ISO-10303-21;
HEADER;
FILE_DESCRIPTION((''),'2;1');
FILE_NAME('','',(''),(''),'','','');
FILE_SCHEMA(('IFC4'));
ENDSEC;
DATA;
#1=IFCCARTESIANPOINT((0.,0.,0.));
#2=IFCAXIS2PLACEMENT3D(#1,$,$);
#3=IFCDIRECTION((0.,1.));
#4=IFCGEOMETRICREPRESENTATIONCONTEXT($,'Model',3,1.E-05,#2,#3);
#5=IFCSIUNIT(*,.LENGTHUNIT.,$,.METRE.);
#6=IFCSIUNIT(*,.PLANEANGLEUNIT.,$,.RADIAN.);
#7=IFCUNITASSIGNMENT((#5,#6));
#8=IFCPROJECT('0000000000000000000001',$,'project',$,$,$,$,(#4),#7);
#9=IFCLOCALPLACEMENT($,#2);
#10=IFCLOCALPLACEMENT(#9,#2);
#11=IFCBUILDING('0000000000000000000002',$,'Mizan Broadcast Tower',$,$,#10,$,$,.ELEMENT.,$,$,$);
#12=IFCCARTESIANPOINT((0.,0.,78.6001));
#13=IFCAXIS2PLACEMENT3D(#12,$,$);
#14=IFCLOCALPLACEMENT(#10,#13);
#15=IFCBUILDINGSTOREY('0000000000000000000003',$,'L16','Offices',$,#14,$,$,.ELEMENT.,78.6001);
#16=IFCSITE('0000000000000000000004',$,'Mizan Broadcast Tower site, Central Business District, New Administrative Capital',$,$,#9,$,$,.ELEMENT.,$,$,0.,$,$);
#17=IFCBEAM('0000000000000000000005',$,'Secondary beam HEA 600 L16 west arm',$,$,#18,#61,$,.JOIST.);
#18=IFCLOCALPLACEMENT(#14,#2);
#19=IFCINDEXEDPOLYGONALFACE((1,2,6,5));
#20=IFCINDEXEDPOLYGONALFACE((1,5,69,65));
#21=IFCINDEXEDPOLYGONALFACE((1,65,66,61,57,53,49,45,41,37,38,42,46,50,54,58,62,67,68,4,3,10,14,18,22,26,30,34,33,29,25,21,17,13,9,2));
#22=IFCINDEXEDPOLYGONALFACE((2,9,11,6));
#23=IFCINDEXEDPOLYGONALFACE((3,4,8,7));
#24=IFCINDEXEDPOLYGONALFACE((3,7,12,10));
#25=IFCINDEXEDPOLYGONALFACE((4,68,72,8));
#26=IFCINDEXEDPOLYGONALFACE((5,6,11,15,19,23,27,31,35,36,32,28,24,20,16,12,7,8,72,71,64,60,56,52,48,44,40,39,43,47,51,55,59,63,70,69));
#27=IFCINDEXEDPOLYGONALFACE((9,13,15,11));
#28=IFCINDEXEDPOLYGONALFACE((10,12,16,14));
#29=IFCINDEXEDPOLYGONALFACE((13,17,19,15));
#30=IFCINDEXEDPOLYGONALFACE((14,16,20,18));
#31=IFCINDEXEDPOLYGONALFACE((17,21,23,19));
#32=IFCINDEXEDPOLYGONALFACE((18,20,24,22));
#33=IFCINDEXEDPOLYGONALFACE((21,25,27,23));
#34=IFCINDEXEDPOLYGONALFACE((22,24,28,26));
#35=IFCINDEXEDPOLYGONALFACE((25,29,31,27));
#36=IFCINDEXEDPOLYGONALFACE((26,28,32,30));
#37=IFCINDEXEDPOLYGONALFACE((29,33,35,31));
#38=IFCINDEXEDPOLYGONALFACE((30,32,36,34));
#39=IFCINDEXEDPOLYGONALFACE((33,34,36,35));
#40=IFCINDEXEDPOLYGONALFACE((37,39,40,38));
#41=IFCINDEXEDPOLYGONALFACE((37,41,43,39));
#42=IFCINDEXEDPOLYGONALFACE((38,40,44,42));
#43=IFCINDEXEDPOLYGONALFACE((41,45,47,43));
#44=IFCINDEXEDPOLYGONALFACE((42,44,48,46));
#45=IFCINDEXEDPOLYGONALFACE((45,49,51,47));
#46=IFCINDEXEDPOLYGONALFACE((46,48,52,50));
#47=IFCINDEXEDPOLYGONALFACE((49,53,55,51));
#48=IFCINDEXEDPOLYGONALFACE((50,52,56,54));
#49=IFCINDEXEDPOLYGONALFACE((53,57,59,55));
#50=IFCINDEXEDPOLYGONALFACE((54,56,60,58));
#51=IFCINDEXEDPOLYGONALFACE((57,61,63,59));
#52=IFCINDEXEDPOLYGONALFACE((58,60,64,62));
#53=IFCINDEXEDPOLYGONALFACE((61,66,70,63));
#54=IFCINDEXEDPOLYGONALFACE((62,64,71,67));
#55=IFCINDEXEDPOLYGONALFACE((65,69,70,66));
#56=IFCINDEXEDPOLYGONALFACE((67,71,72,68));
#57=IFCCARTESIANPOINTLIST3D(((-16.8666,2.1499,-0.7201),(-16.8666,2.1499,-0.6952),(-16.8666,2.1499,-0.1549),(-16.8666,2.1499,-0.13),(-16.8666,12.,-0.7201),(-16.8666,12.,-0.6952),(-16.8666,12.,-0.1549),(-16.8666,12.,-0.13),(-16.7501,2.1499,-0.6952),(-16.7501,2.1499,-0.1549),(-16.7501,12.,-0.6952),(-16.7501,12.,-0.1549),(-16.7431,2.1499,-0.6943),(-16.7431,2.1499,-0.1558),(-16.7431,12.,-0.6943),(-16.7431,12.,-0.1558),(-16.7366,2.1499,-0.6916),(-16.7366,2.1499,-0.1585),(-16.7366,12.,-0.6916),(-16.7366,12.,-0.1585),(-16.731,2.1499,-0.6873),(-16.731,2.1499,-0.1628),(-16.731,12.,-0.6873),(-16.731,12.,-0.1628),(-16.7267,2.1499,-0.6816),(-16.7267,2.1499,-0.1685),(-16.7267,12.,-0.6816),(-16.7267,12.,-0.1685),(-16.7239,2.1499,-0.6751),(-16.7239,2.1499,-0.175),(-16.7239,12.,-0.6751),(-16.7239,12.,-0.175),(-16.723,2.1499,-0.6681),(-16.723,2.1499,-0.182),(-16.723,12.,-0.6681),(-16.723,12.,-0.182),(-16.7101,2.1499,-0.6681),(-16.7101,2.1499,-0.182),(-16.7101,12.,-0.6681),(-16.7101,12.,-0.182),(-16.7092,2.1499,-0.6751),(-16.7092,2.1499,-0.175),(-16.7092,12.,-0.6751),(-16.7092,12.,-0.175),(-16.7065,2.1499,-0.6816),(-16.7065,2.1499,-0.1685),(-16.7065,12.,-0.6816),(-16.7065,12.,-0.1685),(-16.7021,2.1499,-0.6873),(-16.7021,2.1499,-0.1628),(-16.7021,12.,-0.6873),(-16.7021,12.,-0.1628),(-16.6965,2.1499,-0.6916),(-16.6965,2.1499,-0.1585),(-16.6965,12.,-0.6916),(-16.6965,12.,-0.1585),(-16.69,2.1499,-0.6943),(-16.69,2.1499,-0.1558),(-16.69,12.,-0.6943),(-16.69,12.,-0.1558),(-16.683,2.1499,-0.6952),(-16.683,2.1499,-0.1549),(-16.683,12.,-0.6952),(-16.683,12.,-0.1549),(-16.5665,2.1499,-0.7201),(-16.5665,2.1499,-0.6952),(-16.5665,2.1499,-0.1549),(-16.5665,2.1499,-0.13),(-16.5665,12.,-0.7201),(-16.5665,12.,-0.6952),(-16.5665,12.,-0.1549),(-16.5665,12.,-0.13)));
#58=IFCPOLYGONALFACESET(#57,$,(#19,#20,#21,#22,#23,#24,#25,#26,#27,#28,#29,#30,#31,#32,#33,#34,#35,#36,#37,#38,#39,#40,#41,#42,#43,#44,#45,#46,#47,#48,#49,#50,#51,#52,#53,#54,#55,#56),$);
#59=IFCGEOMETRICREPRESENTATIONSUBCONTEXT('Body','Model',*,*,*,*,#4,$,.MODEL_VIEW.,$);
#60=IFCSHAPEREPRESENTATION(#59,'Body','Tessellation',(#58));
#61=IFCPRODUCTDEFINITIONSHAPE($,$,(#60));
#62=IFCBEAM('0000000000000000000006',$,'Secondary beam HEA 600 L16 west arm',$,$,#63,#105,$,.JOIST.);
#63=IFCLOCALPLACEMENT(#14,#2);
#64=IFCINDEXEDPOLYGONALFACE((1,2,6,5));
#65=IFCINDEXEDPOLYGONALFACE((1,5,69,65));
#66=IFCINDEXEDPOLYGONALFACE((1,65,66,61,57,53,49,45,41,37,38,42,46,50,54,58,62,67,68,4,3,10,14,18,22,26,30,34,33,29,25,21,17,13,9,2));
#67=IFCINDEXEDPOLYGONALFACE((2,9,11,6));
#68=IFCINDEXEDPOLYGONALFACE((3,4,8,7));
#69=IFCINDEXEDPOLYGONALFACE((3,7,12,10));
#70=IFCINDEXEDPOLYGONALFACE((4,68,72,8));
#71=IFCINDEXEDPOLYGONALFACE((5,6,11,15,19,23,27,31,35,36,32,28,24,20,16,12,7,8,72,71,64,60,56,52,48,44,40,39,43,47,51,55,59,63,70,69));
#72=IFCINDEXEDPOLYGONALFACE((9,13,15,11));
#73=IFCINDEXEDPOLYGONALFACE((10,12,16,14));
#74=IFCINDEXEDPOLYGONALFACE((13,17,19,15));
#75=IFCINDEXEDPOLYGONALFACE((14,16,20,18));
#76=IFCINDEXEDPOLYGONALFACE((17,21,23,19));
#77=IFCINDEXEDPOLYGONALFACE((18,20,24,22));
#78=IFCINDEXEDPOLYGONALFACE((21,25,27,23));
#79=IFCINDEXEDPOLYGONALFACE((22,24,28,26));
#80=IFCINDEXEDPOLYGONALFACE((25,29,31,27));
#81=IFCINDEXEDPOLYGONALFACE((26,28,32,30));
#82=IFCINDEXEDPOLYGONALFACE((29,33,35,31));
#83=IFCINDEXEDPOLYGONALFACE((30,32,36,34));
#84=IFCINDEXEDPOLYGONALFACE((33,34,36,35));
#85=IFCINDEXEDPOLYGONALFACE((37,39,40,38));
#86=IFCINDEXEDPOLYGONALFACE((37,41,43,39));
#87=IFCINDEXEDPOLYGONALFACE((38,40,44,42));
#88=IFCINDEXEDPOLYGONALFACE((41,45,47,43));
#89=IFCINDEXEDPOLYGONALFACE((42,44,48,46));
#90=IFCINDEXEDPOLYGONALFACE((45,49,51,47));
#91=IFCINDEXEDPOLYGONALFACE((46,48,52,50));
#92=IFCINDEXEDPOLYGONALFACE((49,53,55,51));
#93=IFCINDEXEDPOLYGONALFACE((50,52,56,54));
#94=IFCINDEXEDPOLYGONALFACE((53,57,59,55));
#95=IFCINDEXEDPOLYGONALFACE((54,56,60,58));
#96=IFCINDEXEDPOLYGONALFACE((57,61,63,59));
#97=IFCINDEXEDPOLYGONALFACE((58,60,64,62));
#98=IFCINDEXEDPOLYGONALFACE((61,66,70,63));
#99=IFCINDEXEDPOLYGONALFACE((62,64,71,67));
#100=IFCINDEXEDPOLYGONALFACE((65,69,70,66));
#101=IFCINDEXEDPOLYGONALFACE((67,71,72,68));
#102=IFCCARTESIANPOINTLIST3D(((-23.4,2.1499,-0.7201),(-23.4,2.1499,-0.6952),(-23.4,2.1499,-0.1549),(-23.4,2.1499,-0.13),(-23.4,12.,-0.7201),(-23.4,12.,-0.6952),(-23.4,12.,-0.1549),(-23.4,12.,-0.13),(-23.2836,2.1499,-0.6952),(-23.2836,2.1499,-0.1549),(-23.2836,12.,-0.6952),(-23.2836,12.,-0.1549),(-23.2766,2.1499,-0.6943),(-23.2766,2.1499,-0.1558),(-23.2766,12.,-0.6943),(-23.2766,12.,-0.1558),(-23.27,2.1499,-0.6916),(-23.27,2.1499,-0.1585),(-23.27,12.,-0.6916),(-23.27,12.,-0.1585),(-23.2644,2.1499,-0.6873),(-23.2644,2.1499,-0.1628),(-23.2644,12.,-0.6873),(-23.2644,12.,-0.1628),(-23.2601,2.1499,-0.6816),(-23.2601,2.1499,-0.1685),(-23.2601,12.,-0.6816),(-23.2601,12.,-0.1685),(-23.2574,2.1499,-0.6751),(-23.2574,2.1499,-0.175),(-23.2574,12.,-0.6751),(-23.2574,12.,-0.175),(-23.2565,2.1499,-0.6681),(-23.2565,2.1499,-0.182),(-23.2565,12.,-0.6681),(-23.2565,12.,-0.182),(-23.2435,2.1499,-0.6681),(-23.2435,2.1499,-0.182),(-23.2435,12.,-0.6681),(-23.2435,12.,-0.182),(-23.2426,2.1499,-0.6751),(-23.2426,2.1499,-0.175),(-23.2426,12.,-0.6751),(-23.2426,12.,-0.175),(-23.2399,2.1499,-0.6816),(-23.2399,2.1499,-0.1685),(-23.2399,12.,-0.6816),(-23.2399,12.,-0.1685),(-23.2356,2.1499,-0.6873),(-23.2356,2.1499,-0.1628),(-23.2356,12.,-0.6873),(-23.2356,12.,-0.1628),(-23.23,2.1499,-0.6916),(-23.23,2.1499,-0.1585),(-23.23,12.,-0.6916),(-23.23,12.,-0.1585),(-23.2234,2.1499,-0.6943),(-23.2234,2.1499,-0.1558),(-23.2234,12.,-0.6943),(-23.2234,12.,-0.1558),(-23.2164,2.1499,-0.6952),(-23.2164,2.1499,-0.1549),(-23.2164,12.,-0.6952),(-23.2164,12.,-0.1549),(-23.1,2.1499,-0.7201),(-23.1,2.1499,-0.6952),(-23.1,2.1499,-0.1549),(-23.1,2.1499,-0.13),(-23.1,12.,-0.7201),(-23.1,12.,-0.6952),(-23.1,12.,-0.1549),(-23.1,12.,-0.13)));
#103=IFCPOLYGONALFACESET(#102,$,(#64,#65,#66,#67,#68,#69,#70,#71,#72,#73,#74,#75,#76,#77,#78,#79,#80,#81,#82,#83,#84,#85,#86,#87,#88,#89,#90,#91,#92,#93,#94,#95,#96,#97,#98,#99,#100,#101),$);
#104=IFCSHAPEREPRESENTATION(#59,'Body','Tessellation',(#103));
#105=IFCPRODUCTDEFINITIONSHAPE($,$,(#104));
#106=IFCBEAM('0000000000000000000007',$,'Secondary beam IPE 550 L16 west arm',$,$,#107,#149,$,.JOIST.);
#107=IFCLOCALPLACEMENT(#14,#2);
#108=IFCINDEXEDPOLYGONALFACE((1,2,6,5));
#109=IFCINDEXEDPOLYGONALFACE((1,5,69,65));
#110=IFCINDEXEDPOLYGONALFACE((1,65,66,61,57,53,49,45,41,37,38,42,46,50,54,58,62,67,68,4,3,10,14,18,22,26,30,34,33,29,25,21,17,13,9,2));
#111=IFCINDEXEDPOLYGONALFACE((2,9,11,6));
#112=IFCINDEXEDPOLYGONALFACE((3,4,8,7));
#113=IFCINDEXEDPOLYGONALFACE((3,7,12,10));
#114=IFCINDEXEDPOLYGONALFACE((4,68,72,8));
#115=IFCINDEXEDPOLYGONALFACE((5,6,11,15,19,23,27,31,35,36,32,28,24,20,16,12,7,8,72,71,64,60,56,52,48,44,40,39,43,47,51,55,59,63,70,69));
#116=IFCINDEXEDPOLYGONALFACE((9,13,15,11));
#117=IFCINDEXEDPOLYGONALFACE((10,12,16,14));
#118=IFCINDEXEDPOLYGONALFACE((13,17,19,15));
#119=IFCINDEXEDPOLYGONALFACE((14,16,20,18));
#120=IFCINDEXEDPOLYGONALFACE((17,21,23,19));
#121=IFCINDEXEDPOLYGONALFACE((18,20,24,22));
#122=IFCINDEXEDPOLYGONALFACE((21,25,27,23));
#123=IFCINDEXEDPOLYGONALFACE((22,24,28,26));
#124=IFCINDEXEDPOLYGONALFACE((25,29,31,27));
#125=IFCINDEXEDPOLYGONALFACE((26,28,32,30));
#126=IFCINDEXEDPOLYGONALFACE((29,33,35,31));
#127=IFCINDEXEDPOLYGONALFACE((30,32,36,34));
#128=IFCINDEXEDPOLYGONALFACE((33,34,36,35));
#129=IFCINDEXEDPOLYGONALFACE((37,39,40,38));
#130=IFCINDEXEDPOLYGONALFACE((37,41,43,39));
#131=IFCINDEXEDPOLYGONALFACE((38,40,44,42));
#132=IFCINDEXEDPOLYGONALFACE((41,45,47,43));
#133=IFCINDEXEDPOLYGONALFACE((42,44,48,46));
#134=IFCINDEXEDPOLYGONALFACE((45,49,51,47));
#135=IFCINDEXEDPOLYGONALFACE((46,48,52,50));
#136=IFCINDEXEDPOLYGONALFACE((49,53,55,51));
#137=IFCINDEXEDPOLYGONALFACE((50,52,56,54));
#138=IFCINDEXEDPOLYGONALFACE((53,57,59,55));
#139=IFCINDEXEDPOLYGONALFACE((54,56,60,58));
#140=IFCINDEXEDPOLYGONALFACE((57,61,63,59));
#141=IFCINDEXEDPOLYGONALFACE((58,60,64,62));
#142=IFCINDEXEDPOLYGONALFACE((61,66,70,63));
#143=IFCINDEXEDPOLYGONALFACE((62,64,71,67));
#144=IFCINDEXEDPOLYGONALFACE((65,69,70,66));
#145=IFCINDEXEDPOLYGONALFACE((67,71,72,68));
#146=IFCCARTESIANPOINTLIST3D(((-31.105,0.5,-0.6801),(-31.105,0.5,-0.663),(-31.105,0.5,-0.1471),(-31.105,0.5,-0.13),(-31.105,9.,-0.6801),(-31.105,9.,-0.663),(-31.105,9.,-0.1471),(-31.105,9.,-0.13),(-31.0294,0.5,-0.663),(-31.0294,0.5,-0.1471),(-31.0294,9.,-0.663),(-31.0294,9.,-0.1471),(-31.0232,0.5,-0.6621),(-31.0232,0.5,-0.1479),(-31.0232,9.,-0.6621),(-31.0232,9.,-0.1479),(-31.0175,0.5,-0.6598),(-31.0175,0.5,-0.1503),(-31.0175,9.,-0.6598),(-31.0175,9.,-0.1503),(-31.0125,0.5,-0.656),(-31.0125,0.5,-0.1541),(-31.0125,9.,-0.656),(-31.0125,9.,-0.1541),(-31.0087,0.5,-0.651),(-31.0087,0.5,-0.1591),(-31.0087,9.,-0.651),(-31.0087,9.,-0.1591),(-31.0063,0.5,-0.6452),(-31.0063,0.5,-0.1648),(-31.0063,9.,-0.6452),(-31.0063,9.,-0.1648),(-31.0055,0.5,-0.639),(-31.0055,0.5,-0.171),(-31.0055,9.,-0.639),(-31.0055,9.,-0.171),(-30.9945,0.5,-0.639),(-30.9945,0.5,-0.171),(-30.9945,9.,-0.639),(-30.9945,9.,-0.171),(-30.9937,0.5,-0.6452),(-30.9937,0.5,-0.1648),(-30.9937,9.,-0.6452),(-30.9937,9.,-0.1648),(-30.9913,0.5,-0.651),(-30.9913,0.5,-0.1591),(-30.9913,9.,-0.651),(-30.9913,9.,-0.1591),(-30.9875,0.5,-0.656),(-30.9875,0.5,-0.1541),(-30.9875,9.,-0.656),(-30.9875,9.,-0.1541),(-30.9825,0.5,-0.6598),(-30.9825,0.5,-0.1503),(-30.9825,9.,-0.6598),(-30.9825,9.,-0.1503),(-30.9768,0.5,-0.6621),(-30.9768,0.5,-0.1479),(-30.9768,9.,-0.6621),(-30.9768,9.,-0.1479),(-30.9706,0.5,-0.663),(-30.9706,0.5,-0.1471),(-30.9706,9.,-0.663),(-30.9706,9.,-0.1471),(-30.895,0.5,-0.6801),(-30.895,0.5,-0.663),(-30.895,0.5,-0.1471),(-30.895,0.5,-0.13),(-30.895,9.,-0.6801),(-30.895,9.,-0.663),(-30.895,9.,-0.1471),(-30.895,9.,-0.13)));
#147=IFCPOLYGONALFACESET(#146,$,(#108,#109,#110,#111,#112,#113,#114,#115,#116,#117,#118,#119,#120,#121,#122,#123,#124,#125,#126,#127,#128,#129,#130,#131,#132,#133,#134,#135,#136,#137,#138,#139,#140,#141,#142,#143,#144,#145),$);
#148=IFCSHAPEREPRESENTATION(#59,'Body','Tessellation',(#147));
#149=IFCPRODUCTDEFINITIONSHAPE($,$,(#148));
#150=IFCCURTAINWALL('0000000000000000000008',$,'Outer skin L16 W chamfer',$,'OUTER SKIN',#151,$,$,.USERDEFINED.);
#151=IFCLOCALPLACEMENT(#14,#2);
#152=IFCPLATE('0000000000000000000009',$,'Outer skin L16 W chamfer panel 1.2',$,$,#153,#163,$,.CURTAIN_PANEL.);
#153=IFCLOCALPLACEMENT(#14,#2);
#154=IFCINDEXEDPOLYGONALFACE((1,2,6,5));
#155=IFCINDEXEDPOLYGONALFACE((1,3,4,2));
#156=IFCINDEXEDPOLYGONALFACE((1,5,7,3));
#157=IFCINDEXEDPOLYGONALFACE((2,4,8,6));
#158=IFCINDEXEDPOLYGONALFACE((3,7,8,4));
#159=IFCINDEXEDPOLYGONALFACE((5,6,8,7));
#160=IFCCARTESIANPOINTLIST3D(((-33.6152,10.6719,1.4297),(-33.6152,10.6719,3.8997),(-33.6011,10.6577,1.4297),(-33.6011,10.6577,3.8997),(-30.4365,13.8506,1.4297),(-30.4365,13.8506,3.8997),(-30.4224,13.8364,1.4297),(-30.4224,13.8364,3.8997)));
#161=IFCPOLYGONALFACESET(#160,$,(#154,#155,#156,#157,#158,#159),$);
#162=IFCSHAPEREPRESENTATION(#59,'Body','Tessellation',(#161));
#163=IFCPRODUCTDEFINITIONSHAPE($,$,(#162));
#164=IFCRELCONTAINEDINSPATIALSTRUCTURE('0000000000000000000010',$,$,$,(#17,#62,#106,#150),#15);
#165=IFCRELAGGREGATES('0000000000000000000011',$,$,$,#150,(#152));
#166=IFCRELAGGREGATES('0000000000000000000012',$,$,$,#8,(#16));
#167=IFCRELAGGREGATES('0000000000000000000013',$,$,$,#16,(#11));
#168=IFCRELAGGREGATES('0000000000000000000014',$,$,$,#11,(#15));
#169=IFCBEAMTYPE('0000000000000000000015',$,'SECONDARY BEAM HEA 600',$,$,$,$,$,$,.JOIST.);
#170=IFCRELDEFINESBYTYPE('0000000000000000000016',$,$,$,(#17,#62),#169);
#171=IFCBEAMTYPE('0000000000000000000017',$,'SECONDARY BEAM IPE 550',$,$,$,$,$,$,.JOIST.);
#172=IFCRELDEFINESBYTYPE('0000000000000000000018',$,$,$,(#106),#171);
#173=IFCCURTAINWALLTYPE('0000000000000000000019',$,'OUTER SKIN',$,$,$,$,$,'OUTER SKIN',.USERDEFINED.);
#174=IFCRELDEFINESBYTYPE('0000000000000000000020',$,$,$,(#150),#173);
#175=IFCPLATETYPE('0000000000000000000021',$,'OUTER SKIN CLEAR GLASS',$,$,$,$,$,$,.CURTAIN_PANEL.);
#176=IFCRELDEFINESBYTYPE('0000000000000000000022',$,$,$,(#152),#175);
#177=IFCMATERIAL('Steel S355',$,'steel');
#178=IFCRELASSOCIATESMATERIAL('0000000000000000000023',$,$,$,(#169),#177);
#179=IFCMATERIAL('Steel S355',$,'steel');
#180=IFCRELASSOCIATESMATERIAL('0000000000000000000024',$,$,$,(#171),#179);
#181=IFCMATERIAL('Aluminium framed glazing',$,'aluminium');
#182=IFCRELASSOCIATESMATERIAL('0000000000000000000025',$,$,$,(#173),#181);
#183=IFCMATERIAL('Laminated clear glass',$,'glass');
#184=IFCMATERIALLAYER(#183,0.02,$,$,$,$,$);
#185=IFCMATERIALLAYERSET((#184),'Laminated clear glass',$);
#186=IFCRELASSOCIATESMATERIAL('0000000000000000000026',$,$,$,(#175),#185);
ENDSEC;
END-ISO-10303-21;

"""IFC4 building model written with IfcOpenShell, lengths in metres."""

from ifc_helpers import new_model, si_unit, direction, frame, origin, origin_2d, place, context, subcontext, project, spatial, rectangle, i_section, extrude, material, layer, layer_set, material_profile, profile_set, type_object, element, aggregate, save


model = new_model("IFC4")

# Units and contexts
model_context = context("Model", 3, precision=1e-05, world=origin(), true_north=direction((0.0, 1.0)))
body_context = subcontext(model_context, "Body", "Model", "MODEL_VIEW")
ifc_project = project(units=[si_unit("LENGTHUNIT", "METRE"), si_unit("PLANEANGLEUNIT", "RADIAN")], contexts=[model_context])

# Site, building, storey
site_placement = place(None, origin())
site = spatial("IfcSite", under=ifc_project, at=site_placement, Name="Mizan Broadcast Tower site, Central Business District, New Administrative Capital", CompositionType="ELEMENT", RefElevation=0.0)
building_placement = place(site_placement, origin())
building = spatial("IfcBuilding", under=site, at=building_placement, Name="Mizan Broadcast Tower", CompositionType="ELEMENT")
storey_placement = place(building_placement, frame((0.0, 0.0, 78.6001)))
storey = spatial("IfcBuildingStorey", under=building, at=storey_placement, Name="L16", Description="Offices", CompositionType="ELEMENT", Elevation=78.6001)

# Beams
ifc_material_1 = material(Name="Steel S355", Category="steel")
ifc_material_profile_1 = material_profile(ifc_material_1, i_section(OverallWidth=0.3, OverallDepth=0.5901, WebThickness=0.0129, FlangeThickness=0.0249, FilletRadius=0.0271, at=origin_2d()), Name="HEA 600")
ifc_profile_set_1 = profile_set([ifc_material_profile_1], Name="Steel S355")
beam_type_1 = type_object("IfcBeamType", Name="SECONDARY BEAM HEA 600", PredefinedType="JOIST", material=ifc_profile_set_1)
for number, where, z_axis, x_axis, name in (
    (1, (-16.7166, 12.0, -0.425), (0.0, -1.0, 0.0), (1.0, 0.0, 0.0), "Secondary beam HEA 600 L16 west arm"),
    (2, (-23.25, 12.0, -0.425), (0.0, -1.0, 0.0), (1.0, 0.0, 0.0), "Secondary beam HEA 600 L16 west arm"),
):
    element("IfcBeam", number, at=place(storey_placement, frame(where, z_axis=z_axis, x_axis=x_axis)), inside=storey, type_object=beam_type_1, Name=name, PredefinedType="JOIST", context=body_context, shape_type="SweptSolid", body=[
        extrude(i_section(OverallWidth=0.3, OverallDepth=0.5901, WebThickness=0.0129, FlangeThickness=0.0249, FilletRadius=0.0271, at=origin_2d()), origin(), (0.0, 0.0, 1.0), 9.8501),
    ])
ifc_material_2 = material(Name="Steel S355", Category="steel")
ifc_material_profile_2 = material_profile(ifc_material_2, i_section(OverallWidth=0.21, OverallDepth=0.55, WebThickness=0.011, FlangeThickness=0.0171, FilletRadius=0.0239, at=origin_2d()), Name="IPE 550")
ifc_profile_set_2 = profile_set([ifc_material_profile_2], Name="Steel S355")
beam_type_2 = type_object("IfcBeamType", Name="SECONDARY BEAM IPE 550", PredefinedType="JOIST", material=ifc_profile_set_2)
beam_1_placement = place(storey_placement, frame((-31.0, 9.0, -0.405), z_axis=(0.0, -1.0, 0.0), x_axis=(1.0, 0.0, 0.0)))
element("IfcBeam", 3, at=beam_1_placement, inside=storey, type_object=beam_type_2, Name="Secondary beam IPE 550 L16 west arm", PredefinedType="JOIST", context=body_context, shape_type="SweptSolid", body=[
    extrude(i_section(OverallWidth=0.21, OverallDepth=0.55, WebThickness=0.011, FlangeThickness=0.0171, FilletRadius=0.0239, at=origin_2d()), origin(), (0.0, 0.0, 1.0), 8.5),
])

# Curtain wall, plate
ifc_material_3 = material(Name="Aluminium framed glazing", Category="aluminium")
curtain_wall_type = type_object("IfcCurtainWallType", Name="OUTER SKIN", ElementType="OUTER SKIN", PredefinedType="USERDEFINED", material=ifc_material_3)
curtain_wall_placement = place(storey_placement, origin())
curtain_wall = element("IfcCurtainWall", 4, at=curtain_wall_placement, inside=storey, type_object=curtain_wall_type, Name="Outer skin L16 W chamfer", ObjectType="OUTER SKIN", PredefinedType="USERDEFINED")
ifc_material_4 = material(Name="Laminated clear glass", Category="glass")
ifc_layer_1 = layer(ifc_material_4, 0.02)
ifc_layer_set_1 = layer_set([ifc_layer_1], Name="Laminated clear glass")
plate_type = type_object("IfcPlateType", Name="OUTER SKIN CLEAR GLASS", PredefinedType="CURTAIN_PANEL", material=ifc_layer_set_1)
plate_placement = place(storey_placement, frame((-32.0188, 12.2542, 1.4297), z_axis=(0.0, 0.0, 1.0), x_axis=(-0.707107, -0.707107, 0.0)))
plate = element("IfcPlate", 5, at=plate_placement, type_object=plate_type, Name="Outer skin L16 W chamfer panel 1.2", PredefinedType="CURTAIN_PANEL", context=body_context, shape_type="SweptSolid", body=[
    extrude(rectangle(XDim=4.4954, YDim=0.02, at=origin_2d()), origin(), (0.0, 0.0, 1.0), 2.47),
])
aggregate(curtain_wall, [plate])

save(model, "model.ifc")
